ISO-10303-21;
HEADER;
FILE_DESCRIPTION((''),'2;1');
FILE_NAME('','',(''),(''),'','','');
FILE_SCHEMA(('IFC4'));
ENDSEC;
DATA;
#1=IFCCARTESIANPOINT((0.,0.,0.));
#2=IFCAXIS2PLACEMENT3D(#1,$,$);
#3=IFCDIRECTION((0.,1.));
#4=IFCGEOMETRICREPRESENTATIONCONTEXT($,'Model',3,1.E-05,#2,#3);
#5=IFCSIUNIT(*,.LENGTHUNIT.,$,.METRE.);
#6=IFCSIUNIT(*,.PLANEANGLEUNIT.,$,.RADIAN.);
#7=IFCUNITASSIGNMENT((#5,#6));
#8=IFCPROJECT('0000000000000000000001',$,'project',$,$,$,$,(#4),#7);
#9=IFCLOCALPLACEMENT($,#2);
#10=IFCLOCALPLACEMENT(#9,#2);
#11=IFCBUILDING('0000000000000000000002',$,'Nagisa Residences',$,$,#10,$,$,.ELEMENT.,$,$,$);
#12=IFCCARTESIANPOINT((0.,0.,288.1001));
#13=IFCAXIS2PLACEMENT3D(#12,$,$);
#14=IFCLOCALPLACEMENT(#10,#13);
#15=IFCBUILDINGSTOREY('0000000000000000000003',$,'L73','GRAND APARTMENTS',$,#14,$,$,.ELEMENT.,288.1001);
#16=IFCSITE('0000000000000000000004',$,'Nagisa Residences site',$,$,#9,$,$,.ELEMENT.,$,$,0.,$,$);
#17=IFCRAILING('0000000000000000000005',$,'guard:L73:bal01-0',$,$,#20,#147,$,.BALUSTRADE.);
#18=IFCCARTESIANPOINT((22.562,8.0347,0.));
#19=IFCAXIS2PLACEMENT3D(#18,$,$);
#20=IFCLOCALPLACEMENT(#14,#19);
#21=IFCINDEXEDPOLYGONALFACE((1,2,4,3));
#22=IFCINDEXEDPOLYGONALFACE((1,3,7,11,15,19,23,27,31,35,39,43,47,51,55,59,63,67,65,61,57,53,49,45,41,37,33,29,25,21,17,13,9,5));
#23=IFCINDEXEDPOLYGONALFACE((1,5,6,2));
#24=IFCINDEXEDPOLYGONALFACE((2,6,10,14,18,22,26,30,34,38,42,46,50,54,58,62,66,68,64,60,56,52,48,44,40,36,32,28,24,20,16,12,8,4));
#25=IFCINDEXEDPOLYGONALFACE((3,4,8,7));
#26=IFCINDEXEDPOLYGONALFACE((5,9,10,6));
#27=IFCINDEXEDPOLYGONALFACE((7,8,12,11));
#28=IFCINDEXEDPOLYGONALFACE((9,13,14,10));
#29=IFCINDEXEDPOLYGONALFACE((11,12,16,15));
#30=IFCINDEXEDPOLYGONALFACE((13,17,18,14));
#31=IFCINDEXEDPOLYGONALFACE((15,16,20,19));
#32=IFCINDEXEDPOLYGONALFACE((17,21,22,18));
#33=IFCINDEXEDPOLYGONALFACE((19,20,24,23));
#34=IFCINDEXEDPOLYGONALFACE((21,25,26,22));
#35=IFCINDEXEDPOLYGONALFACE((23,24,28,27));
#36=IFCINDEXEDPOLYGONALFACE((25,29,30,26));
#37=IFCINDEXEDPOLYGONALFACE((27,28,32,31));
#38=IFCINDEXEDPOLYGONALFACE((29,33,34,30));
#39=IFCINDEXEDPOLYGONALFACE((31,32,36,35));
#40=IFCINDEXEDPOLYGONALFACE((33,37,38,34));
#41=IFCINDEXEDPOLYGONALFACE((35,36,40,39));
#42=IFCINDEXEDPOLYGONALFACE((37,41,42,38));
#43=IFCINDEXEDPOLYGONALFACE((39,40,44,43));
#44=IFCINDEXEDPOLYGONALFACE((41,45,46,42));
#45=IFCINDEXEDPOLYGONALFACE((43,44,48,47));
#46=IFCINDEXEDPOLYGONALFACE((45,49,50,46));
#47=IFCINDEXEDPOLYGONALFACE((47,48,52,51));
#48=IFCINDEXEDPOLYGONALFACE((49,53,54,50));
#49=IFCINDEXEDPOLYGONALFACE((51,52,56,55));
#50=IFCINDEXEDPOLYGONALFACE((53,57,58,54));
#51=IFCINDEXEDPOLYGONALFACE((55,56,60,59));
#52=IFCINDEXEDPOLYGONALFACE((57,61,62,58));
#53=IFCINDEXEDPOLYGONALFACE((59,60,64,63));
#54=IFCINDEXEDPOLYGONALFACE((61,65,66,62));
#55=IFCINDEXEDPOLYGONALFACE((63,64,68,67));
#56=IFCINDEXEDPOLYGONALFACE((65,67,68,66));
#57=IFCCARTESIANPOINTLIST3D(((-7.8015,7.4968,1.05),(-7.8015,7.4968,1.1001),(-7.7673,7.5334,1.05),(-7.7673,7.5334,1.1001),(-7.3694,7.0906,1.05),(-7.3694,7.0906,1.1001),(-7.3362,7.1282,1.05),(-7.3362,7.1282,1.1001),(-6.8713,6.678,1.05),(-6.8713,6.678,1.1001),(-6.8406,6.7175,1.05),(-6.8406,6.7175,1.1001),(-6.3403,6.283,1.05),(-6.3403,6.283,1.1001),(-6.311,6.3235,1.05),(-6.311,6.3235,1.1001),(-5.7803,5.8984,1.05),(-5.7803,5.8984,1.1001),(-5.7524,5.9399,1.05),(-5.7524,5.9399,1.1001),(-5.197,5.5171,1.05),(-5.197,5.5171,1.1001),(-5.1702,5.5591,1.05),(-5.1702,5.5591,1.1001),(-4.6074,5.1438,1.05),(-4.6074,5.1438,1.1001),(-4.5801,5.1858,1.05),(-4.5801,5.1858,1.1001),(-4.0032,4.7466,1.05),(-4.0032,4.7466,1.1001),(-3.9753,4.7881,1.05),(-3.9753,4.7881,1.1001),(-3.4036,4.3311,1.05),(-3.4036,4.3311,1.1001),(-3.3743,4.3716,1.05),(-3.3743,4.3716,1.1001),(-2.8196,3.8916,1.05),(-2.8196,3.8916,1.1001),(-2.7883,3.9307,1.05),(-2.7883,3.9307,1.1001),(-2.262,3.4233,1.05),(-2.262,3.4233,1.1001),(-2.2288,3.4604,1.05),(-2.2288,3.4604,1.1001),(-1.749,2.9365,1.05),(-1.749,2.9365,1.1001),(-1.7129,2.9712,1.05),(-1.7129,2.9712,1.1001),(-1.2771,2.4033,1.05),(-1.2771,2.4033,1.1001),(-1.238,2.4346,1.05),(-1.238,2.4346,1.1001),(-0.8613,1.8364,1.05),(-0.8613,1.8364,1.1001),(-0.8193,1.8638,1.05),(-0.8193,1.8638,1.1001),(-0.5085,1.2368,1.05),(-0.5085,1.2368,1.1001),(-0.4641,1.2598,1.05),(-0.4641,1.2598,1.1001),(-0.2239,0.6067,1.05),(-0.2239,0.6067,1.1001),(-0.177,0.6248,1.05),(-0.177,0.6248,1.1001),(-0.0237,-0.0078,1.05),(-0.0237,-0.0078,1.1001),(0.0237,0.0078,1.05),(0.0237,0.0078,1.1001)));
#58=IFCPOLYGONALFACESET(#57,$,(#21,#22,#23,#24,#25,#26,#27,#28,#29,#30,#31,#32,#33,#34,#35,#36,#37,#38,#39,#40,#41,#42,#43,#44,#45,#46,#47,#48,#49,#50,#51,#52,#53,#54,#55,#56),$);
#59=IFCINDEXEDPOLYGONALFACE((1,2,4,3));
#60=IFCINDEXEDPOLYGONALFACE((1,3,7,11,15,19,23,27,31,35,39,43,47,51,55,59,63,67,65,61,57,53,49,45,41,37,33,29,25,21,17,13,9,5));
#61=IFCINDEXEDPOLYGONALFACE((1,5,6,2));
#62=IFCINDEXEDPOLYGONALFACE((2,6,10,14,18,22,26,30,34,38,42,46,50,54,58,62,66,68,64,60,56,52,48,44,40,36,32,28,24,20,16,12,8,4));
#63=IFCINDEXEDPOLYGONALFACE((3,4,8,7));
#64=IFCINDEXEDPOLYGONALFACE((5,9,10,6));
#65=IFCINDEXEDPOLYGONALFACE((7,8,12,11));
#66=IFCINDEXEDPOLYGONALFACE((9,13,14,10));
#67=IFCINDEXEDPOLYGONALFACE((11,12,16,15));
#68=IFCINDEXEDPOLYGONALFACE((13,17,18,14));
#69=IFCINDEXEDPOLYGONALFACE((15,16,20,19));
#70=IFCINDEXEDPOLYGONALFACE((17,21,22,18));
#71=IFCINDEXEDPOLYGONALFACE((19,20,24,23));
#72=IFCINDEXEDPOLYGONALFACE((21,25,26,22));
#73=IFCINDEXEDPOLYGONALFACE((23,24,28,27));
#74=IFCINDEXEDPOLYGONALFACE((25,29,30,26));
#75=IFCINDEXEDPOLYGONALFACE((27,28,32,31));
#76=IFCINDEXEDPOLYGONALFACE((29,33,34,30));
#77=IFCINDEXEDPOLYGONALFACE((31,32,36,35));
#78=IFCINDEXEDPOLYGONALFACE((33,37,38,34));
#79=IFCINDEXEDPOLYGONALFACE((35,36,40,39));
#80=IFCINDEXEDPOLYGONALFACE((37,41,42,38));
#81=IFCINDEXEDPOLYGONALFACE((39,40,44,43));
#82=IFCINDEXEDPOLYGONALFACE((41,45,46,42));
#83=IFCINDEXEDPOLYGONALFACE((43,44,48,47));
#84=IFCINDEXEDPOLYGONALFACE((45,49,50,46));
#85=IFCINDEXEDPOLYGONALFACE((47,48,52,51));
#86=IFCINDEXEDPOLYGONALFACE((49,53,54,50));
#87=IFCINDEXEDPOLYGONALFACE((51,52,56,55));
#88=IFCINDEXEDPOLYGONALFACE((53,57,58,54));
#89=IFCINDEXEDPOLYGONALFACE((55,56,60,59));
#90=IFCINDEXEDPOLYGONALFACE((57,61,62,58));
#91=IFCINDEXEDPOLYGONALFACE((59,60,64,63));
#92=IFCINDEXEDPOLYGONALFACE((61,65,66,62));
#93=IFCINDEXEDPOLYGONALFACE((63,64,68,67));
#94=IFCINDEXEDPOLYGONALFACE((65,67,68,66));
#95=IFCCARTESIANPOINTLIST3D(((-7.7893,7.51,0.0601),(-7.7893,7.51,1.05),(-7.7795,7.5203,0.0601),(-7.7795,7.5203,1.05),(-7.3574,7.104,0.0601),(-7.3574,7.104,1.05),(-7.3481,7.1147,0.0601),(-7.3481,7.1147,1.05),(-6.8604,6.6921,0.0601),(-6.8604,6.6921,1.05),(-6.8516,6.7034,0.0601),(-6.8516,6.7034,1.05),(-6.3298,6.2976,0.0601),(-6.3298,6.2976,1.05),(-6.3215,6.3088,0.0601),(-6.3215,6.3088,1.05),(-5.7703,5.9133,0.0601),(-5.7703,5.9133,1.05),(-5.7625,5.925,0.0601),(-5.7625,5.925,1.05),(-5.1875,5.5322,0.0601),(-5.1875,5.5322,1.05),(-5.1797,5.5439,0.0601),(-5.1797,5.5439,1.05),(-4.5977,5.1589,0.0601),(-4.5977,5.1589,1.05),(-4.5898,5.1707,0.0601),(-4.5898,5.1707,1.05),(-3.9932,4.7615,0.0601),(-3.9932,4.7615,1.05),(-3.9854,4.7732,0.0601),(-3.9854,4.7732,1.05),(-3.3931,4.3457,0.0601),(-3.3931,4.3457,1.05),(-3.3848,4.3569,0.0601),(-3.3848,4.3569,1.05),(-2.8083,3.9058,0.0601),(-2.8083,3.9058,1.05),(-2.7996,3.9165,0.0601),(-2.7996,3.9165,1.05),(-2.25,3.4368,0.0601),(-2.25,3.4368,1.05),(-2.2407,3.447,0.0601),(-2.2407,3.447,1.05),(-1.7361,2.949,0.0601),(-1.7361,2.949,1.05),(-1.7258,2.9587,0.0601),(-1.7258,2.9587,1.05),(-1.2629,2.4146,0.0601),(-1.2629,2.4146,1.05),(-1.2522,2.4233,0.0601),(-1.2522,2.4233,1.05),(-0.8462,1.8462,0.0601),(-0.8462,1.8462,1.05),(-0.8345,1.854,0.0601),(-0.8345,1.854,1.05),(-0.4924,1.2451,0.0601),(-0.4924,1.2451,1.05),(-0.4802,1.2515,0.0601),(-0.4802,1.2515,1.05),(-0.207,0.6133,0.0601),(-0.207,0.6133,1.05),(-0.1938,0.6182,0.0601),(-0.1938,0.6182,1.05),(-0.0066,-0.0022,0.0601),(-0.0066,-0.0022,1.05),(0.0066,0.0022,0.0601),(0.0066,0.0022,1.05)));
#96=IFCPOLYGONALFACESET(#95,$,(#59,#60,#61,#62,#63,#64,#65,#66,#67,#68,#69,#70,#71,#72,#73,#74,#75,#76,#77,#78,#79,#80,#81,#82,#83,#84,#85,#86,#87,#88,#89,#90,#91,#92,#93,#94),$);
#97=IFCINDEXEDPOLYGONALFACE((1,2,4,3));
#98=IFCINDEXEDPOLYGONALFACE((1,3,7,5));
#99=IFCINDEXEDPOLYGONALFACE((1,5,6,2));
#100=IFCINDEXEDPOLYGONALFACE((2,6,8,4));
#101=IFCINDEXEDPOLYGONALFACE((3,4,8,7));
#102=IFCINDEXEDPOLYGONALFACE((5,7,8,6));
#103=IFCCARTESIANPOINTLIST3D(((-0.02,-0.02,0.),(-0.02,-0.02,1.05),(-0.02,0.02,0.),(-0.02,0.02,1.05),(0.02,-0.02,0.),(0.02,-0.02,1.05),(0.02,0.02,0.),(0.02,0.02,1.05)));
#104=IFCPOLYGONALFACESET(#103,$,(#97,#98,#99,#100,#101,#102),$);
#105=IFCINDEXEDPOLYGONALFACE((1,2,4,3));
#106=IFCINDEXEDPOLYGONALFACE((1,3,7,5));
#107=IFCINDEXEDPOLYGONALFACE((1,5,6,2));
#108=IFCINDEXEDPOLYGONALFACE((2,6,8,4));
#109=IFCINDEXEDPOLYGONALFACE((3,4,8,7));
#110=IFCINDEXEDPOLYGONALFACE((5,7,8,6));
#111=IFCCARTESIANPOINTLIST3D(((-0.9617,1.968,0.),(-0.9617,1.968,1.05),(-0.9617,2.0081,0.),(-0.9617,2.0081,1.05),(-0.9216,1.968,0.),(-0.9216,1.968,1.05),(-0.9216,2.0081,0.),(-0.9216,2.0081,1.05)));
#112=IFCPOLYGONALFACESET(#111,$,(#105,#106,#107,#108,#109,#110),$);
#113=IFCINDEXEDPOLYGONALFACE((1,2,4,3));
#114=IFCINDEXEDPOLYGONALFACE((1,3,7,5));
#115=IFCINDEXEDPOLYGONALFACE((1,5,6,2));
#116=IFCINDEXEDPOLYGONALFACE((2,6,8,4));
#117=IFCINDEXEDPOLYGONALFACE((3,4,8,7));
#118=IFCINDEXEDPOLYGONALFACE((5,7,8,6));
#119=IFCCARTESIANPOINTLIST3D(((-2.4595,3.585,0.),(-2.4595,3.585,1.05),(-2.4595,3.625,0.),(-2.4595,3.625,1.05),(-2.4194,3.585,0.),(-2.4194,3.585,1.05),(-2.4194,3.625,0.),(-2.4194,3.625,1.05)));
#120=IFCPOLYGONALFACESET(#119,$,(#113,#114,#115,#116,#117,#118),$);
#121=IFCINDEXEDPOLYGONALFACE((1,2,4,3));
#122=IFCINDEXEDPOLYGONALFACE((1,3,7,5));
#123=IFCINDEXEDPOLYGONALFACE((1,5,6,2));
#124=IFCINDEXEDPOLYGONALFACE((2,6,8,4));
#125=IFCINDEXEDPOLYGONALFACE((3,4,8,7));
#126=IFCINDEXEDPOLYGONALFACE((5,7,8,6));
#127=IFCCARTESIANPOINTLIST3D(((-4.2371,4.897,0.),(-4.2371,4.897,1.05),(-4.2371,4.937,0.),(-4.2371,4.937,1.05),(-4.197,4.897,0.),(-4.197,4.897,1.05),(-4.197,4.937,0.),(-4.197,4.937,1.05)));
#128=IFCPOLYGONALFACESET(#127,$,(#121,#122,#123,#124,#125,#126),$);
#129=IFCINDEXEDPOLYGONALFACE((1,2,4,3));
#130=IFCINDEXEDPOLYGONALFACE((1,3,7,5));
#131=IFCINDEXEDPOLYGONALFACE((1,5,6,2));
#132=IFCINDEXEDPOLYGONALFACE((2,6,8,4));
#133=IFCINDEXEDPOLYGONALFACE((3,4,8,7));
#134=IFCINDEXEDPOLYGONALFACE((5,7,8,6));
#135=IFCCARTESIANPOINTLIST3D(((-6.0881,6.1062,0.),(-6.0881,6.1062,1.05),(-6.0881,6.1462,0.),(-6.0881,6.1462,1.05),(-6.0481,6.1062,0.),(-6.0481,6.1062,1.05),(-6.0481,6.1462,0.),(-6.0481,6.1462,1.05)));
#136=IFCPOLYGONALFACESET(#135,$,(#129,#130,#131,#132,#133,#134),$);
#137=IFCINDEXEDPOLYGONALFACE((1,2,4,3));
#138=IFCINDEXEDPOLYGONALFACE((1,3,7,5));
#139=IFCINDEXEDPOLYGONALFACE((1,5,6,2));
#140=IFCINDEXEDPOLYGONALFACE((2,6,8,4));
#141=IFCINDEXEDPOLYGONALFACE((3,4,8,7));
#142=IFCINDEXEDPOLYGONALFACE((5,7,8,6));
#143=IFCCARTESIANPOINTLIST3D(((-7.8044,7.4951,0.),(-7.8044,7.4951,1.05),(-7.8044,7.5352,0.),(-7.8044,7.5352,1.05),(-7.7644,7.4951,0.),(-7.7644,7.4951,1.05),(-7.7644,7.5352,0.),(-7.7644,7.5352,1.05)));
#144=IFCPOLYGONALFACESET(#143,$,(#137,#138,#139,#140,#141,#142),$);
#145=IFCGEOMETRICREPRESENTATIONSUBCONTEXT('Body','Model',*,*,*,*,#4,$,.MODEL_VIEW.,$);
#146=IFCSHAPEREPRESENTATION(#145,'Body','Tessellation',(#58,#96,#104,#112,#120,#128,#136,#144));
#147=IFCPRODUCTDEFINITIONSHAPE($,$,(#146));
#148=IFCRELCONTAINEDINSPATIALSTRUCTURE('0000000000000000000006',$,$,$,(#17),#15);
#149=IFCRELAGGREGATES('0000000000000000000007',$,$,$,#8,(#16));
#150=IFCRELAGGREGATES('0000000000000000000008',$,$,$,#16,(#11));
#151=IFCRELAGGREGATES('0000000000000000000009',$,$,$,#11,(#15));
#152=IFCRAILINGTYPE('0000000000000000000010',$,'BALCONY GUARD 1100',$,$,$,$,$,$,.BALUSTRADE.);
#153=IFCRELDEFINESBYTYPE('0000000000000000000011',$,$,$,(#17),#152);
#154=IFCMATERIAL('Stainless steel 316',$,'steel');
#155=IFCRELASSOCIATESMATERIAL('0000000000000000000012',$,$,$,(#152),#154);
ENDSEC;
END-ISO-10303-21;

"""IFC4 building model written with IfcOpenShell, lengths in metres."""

from ifc_helpers import new_model, si_unit, direction, frame, origin, origin_2d, place, context, subcontext, project, spatial, polyline, rectangle, outline, extrude, material, type_object, element, save


model = new_model("IFC4")

# Units and contexts
model_context = context("Model", 3, precision=1e-05, world=origin(), true_north=direction((0.0, 1.0)))
body_context = subcontext(model_context, "Body", "Model", "MODEL_VIEW")
ifc_project = project(units=[si_unit("LENGTHUNIT", "METRE"), si_unit("PLANEANGLEUNIT", "RADIAN")], contexts=[model_context])

# Site, building, storey
site_placement = place(None, origin())
site = spatial("IfcSite", under=ifc_project, at=site_placement, Name="Nagisa Residences site", CompositionType="ELEMENT", RefElevation=0.0)
building_placement = place(site_placement, origin())
building = spatial("IfcBuilding", under=site, at=building_placement, Name="Nagisa Residences", CompositionType="ELEMENT")
storey_placement = place(building_placement, frame((0.0, 0.0, 288.1001)))
storey = spatial("IfcBuildingStorey", under=building, at=storey_placement, Name="L73", Description="GRAND APARTMENTS", CompositionType="ELEMENT", Elevation=288.1001)

# Railing
ifc_material_1 = material(Name="Stainless steel 316", Category="steel")
railing_type = type_object("IfcRailingType", Name="BALCONY GUARD 1100", PredefinedType="BALUSTRADE", material=ifc_material_1)
railing_placement = place(storey_placement, frame((22.562, 8.0347, 0.0)))
element("IfcRailing", 1, at=railing_placement, inside=storey, type_object=railing_type, Name="guard:L73:bal01-0", PredefinedType="BALUSTRADE", context=body_context, shape_type="SweptSolid", body=[
    extrude(outline(polyline([(-0.2239, 0.6067), (-0.0237, -0.0078), (0.0237, 0.0078), (-0.177, 0.6248), (-0.4641, 1.2598), (-0.8193, 1.8638), (-1.238, 2.4346), (-1.7129, 2.9712), (-2.2288, 3.4604), (-2.7883, 3.9307), (-3.3743, 4.3716), (-3.9753, 4.7881), (-4.5801, 5.1858), (-5.1702, 5.5591), (-5.7524, 5.9399), (-6.311, 6.3235), (-6.8406, 6.7175), (-7.3362, 7.1282), (-7.7673, 7.5334), (-7.8015, 7.4968), (-7.3694, 7.0906), (-6.8713, 6.678), (-6.3403, 6.283), (-5.7803, 5.8984), (-5.197, 5.5171), (-4.6074, 5.1438), (-4.0032, 4.7466), (-3.4036, 4.3311), (-2.8196, 3.8916), (-2.262, 3.4233), (-1.749, 2.9365), (-1.2771, 2.4033), (-0.8613, 1.8364), (-0.5085, 1.2368), (-0.2239, 0.6067)])), frame((0.0, 0.0, 1.05)), (0.0, 0.0, 1.0), 0.05),
    extrude(outline(polyline([(-0.207, 0.6133), (-0.0066, -0.0022), (0.0066, 0.0022), (-0.1938, 0.6182), (-0.4802, 1.2515), (-0.8345, 1.854), (-1.2522, 2.4233), (-1.7258, 2.9587), (-2.2407, 3.447), (-2.7996, 3.9165), (-3.3848, 4.3569), (-3.9854, 4.7732), (-4.5898, 5.1707), (-5.1797, 5.5439), (-5.7625, 5.925), (-6.3215, 6.3088), (-6.8516, 6.7034), (-7.3481, 7.1147), (-7.7795, 7.5203), (-7.7893, 7.51), (-7.3574, 7.104), (-6.8604, 6.6921), (-6.3298, 6.2976), (-5.7703, 5.9133), (-5.1875, 5.5322), (-4.5977, 5.1589), (-3.9932, 4.7615), (-3.3931, 4.3457), (-2.8083, 3.9058), (-2.25, 3.4368), (-1.7361, 2.949), (-1.2629, 2.4146), (-0.8462, 1.8462), (-0.4924, 1.2451), (-0.207, 0.6133)])), frame((0.0, 0.0, 0.0601)), (0.0, 0.0, 1.0), 0.99),
    extrude(rectangle(XDim=0.04, YDim=0.04, at=origin_2d()), origin(), (0.0, 0.0, 1.0), 1.05),
    extrude(rectangle(XDim=0.04, YDim=0.04, at=origin_2d()), frame((-0.9417, 1.988, 0.0)), (0.0, 0.0, 1.0), 1.05),
    extrude(rectangle(XDim=0.04, YDim=0.04, at=origin_2d()), frame((-2.4395, 3.605, 0.0)), (0.0, 0.0, 1.0), 1.05),
    extrude(rectangle(XDim=0.04, YDim=0.04, at=origin_2d()), frame((-4.217, 4.917, 0.0)), (0.0, 0.0, 1.0), 1.05),
    extrude(rectangle(XDim=0.04, YDim=0.04, at=origin_2d()), frame((-6.0681, 6.1262, 0.0)), (0.0, 0.0, 1.0), 1.05),
    extrude(rectangle(XDim=0.04, YDim=0.04, at=origin_2d()), frame((-7.7844, 7.5151, 0.0)), (0.0, 0.0, 1.0), 1.05),
])

save(model, "model.ifc")
